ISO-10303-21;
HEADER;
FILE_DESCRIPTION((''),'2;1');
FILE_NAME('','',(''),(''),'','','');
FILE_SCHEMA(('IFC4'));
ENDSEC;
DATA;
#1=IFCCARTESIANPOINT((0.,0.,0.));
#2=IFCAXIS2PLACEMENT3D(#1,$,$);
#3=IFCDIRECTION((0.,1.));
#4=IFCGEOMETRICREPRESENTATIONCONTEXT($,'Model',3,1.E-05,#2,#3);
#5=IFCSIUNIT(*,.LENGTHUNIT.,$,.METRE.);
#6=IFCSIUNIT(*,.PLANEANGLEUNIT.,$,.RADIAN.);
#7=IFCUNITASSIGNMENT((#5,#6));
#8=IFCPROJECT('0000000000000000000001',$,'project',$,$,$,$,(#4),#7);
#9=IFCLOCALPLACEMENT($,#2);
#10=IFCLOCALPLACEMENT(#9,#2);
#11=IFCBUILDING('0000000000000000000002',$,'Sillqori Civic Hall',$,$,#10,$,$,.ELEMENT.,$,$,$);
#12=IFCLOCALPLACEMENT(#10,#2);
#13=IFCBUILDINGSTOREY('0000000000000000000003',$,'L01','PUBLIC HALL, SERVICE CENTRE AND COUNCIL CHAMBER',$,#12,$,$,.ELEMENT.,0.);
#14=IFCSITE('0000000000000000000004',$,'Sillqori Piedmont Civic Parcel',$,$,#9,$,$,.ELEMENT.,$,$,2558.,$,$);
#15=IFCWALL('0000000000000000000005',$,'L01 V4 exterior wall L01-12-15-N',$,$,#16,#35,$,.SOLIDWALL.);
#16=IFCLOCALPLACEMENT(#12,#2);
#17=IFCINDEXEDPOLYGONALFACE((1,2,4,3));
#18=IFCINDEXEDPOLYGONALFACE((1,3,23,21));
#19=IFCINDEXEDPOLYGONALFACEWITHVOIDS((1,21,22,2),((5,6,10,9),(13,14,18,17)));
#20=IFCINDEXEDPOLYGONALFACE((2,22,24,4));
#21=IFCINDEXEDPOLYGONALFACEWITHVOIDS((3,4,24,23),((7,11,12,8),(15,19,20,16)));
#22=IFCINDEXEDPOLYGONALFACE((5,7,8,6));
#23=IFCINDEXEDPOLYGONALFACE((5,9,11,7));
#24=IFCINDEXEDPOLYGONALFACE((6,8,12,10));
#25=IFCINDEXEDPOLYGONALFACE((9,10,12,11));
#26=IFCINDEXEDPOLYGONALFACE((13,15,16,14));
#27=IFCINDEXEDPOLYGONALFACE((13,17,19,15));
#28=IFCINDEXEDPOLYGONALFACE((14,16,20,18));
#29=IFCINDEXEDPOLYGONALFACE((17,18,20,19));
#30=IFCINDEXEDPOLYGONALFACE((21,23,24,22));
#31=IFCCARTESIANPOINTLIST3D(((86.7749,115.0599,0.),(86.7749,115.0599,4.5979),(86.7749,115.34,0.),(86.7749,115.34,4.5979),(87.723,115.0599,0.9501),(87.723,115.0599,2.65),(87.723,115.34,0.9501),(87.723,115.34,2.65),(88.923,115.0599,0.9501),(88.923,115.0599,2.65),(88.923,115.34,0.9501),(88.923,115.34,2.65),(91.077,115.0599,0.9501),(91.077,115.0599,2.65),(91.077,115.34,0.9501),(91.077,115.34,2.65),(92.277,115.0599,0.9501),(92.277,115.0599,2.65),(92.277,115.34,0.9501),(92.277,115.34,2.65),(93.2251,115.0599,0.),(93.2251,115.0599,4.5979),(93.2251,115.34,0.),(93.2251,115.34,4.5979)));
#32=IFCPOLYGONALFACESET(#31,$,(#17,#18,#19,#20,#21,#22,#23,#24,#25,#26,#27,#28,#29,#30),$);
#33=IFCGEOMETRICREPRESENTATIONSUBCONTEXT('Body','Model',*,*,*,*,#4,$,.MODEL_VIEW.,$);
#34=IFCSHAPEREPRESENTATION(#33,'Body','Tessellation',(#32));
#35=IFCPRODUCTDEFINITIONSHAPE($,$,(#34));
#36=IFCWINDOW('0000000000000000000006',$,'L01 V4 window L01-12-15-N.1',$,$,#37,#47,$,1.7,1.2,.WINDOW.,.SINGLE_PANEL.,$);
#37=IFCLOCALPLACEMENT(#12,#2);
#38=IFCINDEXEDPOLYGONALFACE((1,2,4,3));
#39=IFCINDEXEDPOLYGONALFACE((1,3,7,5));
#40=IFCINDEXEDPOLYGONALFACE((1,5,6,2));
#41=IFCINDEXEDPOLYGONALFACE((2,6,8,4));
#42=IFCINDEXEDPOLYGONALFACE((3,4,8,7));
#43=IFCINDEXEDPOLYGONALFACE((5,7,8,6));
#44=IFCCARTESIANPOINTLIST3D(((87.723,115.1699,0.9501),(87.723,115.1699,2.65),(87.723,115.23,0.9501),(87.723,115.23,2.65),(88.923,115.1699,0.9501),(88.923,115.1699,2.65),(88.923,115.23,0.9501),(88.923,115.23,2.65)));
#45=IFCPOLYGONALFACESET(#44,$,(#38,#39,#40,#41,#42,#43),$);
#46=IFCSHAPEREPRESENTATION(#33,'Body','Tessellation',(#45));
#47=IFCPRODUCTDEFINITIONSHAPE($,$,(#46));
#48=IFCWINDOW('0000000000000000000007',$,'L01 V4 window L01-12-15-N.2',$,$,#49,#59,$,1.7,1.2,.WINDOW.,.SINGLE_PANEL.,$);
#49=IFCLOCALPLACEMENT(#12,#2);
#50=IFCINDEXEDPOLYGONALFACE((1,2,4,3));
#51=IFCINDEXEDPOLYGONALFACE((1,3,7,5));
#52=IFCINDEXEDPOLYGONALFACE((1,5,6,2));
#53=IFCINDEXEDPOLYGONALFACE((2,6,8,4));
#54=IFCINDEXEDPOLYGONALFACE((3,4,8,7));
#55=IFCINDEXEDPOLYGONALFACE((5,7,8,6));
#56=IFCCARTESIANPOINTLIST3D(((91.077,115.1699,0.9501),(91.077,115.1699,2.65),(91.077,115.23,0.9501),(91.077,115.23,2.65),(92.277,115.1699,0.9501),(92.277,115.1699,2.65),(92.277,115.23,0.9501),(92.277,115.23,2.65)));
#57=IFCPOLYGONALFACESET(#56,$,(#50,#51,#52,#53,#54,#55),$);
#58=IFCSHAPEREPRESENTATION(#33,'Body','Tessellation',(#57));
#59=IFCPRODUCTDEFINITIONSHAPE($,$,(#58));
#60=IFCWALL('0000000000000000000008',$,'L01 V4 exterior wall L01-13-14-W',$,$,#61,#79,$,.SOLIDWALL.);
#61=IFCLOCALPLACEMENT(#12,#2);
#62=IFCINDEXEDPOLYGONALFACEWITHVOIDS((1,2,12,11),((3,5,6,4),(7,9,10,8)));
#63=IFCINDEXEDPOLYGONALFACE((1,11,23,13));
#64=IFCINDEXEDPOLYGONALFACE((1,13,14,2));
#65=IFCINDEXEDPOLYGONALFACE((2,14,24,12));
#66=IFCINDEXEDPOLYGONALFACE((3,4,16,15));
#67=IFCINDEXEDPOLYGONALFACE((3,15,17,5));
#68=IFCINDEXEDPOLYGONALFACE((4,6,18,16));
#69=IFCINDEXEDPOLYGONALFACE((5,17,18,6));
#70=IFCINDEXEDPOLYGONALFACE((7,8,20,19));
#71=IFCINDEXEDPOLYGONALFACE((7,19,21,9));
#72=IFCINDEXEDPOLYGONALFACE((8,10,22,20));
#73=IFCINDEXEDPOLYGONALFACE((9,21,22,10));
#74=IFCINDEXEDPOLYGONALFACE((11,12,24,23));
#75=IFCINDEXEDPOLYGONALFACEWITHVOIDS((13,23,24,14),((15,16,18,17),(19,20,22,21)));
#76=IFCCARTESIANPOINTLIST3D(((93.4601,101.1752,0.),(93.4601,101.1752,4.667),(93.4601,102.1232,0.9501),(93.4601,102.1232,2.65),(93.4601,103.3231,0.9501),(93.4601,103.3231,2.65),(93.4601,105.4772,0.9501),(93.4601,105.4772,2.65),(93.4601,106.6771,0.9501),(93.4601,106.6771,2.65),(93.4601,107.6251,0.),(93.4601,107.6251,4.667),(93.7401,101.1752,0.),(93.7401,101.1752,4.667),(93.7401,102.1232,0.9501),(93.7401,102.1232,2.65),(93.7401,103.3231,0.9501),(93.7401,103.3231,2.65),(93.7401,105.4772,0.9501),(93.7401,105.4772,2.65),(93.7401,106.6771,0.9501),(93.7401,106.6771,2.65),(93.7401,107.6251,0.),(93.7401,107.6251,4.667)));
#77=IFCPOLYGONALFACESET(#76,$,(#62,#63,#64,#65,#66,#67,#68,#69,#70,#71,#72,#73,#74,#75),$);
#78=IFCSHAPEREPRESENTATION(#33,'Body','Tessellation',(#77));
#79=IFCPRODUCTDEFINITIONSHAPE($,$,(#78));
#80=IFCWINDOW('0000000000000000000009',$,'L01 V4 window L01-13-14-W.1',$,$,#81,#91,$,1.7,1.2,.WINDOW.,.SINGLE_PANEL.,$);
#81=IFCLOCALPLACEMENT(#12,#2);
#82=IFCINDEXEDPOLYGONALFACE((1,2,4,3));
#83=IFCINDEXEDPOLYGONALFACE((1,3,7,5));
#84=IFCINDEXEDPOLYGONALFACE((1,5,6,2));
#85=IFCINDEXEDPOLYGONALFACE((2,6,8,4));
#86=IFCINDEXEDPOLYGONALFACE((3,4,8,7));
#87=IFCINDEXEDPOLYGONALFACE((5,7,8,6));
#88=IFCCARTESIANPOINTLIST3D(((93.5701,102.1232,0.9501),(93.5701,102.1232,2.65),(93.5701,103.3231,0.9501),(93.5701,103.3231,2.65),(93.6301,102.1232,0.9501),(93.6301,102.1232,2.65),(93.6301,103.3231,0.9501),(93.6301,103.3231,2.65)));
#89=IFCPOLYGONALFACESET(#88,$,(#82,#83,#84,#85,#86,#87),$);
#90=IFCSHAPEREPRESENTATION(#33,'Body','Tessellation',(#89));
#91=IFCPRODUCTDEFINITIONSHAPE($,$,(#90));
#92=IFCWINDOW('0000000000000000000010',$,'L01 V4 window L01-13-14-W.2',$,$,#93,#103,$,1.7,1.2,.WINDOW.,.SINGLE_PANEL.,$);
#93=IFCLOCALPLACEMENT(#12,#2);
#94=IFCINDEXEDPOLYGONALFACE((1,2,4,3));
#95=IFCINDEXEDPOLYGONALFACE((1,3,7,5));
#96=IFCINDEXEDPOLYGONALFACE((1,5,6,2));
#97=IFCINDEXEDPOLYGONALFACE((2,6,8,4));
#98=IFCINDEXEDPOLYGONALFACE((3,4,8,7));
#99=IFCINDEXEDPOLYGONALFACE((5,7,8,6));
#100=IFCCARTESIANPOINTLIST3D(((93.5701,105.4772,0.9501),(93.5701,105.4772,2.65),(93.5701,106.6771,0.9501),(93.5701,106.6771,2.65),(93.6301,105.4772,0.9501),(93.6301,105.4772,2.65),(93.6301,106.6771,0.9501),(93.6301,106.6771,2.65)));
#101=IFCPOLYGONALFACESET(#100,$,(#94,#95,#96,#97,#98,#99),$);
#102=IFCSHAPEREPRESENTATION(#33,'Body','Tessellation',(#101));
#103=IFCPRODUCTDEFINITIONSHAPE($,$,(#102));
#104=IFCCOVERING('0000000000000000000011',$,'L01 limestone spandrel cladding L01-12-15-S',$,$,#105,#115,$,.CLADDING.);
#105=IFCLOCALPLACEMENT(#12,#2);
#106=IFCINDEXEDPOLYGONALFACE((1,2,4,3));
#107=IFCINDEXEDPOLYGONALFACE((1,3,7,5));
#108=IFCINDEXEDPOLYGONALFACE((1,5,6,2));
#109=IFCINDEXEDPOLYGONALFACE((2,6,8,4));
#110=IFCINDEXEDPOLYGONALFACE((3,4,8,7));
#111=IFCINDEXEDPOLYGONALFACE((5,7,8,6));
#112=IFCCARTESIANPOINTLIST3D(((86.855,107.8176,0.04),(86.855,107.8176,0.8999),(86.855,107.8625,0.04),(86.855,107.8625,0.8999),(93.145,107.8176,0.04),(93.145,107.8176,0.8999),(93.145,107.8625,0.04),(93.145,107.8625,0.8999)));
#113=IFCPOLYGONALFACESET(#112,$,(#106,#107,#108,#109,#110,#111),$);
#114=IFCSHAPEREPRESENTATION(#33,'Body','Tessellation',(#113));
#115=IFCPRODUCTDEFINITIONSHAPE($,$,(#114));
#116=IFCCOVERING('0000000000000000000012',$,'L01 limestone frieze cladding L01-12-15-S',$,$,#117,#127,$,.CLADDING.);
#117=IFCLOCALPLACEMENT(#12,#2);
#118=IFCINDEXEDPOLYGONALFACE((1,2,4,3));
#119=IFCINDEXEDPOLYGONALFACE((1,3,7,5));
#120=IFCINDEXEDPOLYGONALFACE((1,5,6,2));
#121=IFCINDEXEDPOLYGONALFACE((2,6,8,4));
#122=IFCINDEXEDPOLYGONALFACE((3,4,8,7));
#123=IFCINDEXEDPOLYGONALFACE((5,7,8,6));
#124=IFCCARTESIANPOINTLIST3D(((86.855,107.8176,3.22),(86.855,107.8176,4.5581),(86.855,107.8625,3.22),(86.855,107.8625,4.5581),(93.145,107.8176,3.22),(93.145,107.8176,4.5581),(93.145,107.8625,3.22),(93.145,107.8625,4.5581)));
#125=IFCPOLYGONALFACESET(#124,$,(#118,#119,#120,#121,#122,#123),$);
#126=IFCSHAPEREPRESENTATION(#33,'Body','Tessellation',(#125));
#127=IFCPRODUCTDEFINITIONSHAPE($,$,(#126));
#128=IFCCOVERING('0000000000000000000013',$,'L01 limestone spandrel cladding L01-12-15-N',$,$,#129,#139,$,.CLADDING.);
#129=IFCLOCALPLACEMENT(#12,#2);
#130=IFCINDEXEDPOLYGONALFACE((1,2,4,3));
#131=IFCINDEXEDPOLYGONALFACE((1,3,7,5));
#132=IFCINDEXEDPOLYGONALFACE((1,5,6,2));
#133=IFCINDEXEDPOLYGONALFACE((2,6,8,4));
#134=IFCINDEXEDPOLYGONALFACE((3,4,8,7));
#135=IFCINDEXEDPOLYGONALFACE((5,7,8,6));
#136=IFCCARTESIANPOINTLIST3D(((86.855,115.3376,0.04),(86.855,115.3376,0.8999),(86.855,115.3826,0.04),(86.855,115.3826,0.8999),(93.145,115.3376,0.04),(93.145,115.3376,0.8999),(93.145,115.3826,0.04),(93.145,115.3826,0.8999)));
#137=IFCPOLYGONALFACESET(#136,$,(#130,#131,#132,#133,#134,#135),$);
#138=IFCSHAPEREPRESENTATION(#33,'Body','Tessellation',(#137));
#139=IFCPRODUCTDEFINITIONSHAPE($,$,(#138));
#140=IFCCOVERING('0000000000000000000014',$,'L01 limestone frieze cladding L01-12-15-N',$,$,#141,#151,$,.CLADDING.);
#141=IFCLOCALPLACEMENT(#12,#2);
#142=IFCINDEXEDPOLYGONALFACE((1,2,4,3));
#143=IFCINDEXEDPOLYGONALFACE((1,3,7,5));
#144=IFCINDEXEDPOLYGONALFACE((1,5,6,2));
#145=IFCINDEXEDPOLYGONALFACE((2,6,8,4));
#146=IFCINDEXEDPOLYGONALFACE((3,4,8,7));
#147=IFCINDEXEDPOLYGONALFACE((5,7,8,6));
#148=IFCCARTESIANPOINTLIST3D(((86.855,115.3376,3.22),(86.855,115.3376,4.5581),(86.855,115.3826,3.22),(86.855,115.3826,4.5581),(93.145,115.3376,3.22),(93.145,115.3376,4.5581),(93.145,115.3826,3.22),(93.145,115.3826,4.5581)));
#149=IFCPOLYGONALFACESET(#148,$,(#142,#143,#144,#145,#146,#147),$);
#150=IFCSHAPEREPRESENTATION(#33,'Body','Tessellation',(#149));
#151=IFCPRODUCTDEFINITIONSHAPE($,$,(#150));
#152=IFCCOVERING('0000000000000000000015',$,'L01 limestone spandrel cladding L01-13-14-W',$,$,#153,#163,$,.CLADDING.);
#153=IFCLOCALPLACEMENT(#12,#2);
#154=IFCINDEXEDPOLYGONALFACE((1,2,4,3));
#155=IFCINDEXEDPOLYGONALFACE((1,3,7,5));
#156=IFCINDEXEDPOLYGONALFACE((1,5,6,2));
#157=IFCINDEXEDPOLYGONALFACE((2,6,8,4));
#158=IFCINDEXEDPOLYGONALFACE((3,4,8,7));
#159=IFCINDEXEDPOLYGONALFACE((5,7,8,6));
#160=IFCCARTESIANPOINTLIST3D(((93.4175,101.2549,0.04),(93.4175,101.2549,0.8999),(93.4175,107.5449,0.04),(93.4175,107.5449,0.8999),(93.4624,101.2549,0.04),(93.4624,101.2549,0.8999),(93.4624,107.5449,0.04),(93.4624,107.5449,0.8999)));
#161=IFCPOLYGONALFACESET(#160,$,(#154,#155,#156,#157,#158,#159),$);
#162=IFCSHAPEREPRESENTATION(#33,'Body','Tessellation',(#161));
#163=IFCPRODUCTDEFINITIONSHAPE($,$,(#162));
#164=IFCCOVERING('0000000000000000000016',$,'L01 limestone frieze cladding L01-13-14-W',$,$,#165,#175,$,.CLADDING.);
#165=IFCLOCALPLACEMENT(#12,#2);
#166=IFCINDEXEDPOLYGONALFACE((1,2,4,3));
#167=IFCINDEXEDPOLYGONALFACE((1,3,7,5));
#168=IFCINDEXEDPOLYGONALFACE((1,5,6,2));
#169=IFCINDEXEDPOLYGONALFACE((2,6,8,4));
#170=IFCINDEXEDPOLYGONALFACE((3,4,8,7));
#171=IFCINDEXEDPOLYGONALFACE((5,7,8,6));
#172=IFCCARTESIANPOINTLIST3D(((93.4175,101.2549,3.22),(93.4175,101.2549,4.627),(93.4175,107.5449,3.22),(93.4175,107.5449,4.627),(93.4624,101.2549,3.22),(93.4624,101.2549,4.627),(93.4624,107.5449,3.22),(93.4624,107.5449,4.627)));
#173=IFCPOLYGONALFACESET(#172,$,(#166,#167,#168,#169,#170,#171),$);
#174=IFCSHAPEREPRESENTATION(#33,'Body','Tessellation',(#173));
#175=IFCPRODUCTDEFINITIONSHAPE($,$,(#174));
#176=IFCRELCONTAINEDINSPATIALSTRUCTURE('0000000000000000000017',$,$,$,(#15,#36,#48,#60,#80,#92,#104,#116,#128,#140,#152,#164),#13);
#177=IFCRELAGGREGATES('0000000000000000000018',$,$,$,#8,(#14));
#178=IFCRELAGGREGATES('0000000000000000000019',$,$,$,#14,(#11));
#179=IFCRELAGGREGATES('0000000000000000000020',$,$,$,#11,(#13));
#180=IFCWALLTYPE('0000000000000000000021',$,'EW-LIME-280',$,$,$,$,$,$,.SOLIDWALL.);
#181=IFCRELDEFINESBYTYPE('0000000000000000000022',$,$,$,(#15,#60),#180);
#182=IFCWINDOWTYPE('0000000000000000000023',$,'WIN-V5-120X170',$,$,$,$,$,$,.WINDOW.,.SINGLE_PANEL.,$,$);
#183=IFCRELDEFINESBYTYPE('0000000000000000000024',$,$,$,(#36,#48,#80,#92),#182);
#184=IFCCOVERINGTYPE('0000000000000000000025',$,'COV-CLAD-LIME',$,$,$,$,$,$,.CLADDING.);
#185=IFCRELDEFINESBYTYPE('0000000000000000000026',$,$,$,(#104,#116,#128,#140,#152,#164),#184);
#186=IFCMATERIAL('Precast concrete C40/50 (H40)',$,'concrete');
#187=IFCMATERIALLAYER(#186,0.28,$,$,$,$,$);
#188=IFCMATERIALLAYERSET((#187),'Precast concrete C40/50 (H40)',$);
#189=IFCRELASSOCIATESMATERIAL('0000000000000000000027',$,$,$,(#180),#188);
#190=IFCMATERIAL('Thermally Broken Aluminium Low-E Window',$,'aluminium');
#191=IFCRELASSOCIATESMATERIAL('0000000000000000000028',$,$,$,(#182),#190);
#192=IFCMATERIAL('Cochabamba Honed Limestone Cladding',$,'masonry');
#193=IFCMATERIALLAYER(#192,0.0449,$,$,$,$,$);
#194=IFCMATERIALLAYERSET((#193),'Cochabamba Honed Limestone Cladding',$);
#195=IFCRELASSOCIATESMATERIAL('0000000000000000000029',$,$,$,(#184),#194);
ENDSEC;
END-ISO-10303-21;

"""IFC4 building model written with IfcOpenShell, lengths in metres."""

from ifc_helpers import new_model, si_unit, direction, frame, frame_2d, origin, place, context, subcontext, project, spatial, rectangle, extrude, material, layer, layer_set, type_object, element, fill, save


model = new_model("IFC4")

# Units and contexts
model_context = context("Model", 3, precision=1e-05, world=origin(), true_north=direction((0.0, 1.0)))
body_context = subcontext(model_context, "Body", "Model", "MODEL_VIEW")
ifc_project = project(units=[si_unit("LENGTHUNIT", "METRE"), si_unit("PLANEANGLEUNIT", "RADIAN")], contexts=[model_context])

# Site, building, storey
site_placement = place(None, origin())
site = spatial("IfcSite", under=ifc_project, at=site_placement, Name="Sillqori Piedmont Civic Parcel", CompositionType="ELEMENT", RefElevation=2558.0)
building_placement = place(site_placement, origin())
building = spatial("IfcBuilding", under=site, at=building_placement, Name="Sillqori Civic Hall", CompositionType="ELEMENT")
storey_placement = place(building_placement, origin())
storey = spatial("IfcBuildingStorey", under=building, at=storey_placement, Name="L01", Description="PUBLIC HALL, SERVICE CENTRE AND COUNCIL CHAMBER", CompositionType="ELEMENT", Elevation=0.0)

# Walls, openings, windows
ifc_material_1 = material(Name="Precast concrete C40/50 (H40)", Category="concrete")
ifc_layer_1 = layer(ifc_material_1, 0.28)
ifc_layer_set_1 = layer_set([ifc_layer_1], Name="Precast concrete C40/50 (H40)")
wall_type = type_object("IfcWallType", Name="EW-LIME-280", PredefinedType="SOLIDWALL", material=ifc_layer_set_1)
ifc_material_2 = material(Name="Thermally Broken Aluminium Low-E Window", Category="aluminium")
window_type = type_object("IfcWindowType", Name="WIN-V5-120X170", PartitioningType="SINGLE_PANEL", PredefinedType="WINDOW", material=ifc_material_2)
wall_1_placement = place(storey_placement, frame((86.7749, 115.2, 0.0), z_axis=(0.0, 0.0, 1.0), x_axis=(1.0, 0.0, 0.0)))
wall_1 = element("IfcWall", 1, at=wall_1_placement, inside=storey, type_object=wall_type, Name="L01 V4 exterior wall L01-12-15-N", PredefinedType="SOLIDWALL", context=body_context, shape_type="SweptSolid", body=[
    extrude(rectangle(XDim=6.4502, YDim=0.28, at=frame_2d((3.2251, 0.0))), origin(), (0.0, 0.0, 1.0), 4.5979),
])
opening_1_placement = place(wall_1_placement, frame((0.948, 0.0, 0.95)))
opening_1 = element("IfcOpeningElement", 2, at=opening_1_placement, cuts=wall_1, PredefinedType="OPENING", context=body_context, shape_type="SweptSolid", body=[
    extrude(rectangle(XDim=1.2, YDim=1.7, at=frame_2d((0.6001, 0.8501))), frame((0.0, 0.1499, 0.0), z_axis=(0.0, -1.0, 0.0), x_axis=(1.0, 0.0, 0.0)), (0.0, 0.0, 1.0), 0.3),
])
opening_2_placement = place(wall_1_placement, frame((4.302, 0.0, 0.95)))
opening_2 = element("IfcOpeningElement", 3, at=opening_2_placement, cuts=wall_1, PredefinedType="OPENING", context=body_context, shape_type="SweptSolid", body=[
    extrude(rectangle(XDim=1.2, YDim=1.7, at=frame_2d((0.6001, 0.8501))), frame((0.0, 0.1499, 0.0), z_axis=(0.0, -1.0, 0.0), x_axis=(1.0, 0.0, 0.0)), (0.0, 0.0, 1.0), 0.3),
])
window_1_placement = place(opening_1_placement, origin())
window_1 = element("IfcWindow", 4, at=window_1_placement, inside=storey, type_object=window_type, Name="L01 V4 window L01-12-15-N.1", OverallHeight=1.7, OverallWidth=1.2, PartitioningType="SINGLE_PANEL", PredefinedType="WINDOW", context=body_context, shape_type="SweptSolid", body=[
    extrude(rectangle(XDim=1.2, YDim=1.7, at=frame_2d((0.6001, 0.8501))), frame((0.0, 0.03, 0.0), z_axis=(0.0, -1.0, 0.0), x_axis=(1.0, 0.0, 0.0)), (0.0, 0.0, 1.0), 0.0601),
])
fill(opening_1, window_1)
window_2_placement = place(opening_2_placement, origin())
window_2 = element("IfcWindow", 5, at=window_2_placement, inside=storey, type_object=window_type, Name="L01 V4 window L01-12-15-N.2", OverallHeight=1.7, OverallWidth=1.2, PartitioningType="SINGLE_PANEL", PredefinedType="WINDOW", context=body_context, shape_type="SweptSolid", body=[
    extrude(rectangle(XDim=1.2, YDim=1.7, at=frame_2d((0.6001, 0.8501))), frame((0.0, 0.03, 0.0), z_axis=(0.0, -1.0, 0.0), x_axis=(1.0, 0.0, 0.0)), (0.0, 0.0, 1.0), 0.0601),
])
fill(opening_2, window_2)
wall_2_placement = place(storey_placement, frame((93.6001, 101.175, 0.0), z_axis=(0.0, 0.0, 1.0), x_axis=(0.0, 1.0, 0.0)))
wall_2 = element("IfcWall", 6, at=wall_2_placement, inside=storey, type_object=wall_type, Name="L01 V4 exterior wall L01-13-14-W", PredefinedType="SOLIDWALL", context=body_context, shape_type="SweptSolid", body=[
    extrude(rectangle(XDim=6.45, YDim=0.28, at=frame_2d((3.2251, 0.0))), origin(), (0.0, 0.0, 1.0), 4.667),
])
opening_3_placement = place(wall_2_placement, frame((0.948, 0.0, 0.95)))
opening_3 = element("IfcOpeningElement", 7, at=opening_3_placement, cuts=wall_2, PredefinedType="OPENING", context=body_context, shape_type="SweptSolid", body=[
    extrude(rectangle(XDim=1.2, YDim=1.7, at=frame_2d((0.6001, 0.8501))), frame((0.0, 0.1499, 0.0), z_axis=(0.0, -1.0, 0.0), x_axis=(1.0, 0.0, 0.0)), (0.0, 0.0, 1.0), 0.3),
])
opening_4_placement = place(wall_2_placement, frame((4.302, 0.0, 0.95)))
opening_4 = element("IfcOpeningElement", 8, at=opening_4_placement, cuts=wall_2, PredefinedType="OPENING", context=body_context, shape_type="SweptSolid", body=[
    extrude(rectangle(XDim=1.2, YDim=1.7, at=frame_2d((0.6001, 0.8501))), frame((0.0, 0.1499, 0.0), z_axis=(0.0, -1.0, 0.0), x_axis=(1.0, 0.0, 0.0)), (0.0, 0.0, 1.0), 0.3),
])
window_3_placement = place(opening_3_placement, origin())
window_3 = element("IfcWindow", 9, at=window_3_placement, inside=storey, type_object=window_type, Name="L01 V4 window L01-13-14-W.1", OverallHeight=1.7, OverallWidth=1.2, PartitioningType="SINGLE_PANEL", PredefinedType="WINDOW", context=body_context, shape_type="SweptSolid", body=[
    extrude(rectangle(XDim=1.2, YDim=1.7, at=frame_2d((0.6001, 0.8501))), frame((0.0, 0.03, 0.0), z_axis=(0.0, -1.0, 0.0), x_axis=(1.0, 0.0, 0.0)), (0.0, 0.0, 1.0), 0.0601),
])
fill(opening_3, window_3)
window_4_placement = place(opening_4_placement, origin())
window_4 = element("IfcWindow", 10, at=window_4_placement, inside=storey, type_object=window_type, Name="L01 V4 window L01-13-14-W.2", OverallHeight=1.7, OverallWidth=1.2, PartitioningType="SINGLE_PANEL", PredefinedType="WINDOW", context=body_context, shape_type="SweptSolid", body=[
    extrude(rectangle(XDim=1.2, YDim=1.7, at=frame_2d((0.6001, 0.8501))), frame((0.0, 0.03, 0.0), z_axis=(0.0, -1.0, 0.0), x_axis=(1.0, 0.0, 0.0)), (0.0, 0.0, 1.0), 0.0601),
])
fill(opening_4, window_4)

# Coverings
ifc_material_3 = material(Name="Cochabamba Honed Limestone Cladding", Category="masonry")
ifc_layer_2 = layer(ifc_material_3, 0.0449)
ifc_layer_set_2 = layer_set([ifc_layer_2], Name="Cochabamba Honed Limestone Cladding")
covering_type = type_object("IfcCoveringType", Name="COV-CLAD-LIME", PredefinedType="CLADDING", material=ifc_layer_set_2)
covering_1_placement = place(storey_placement, frame((93.145, 107.8401, 0.04), z_axis=(0.0, 0.0, 1.0), x_axis=(-1.0, 0.0, 0.0)))
element("IfcCovering", 11, at=covering_1_placement, inside=storey, type_object=covering_type, Name="L01 limestone spandrel cladding L01-12-15-S", PredefinedType="CLADDING", context=body_context, shape_type="SweptSolid", body=[
    extrude(rectangle(XDim=6.29, YDim=0.0449, at=frame_2d((3.145, 0.0))), origin(), (0.0, 0.0, 1.0), 0.8599),
])
covering_2_placement = place(storey_placement, frame((93.145, 107.8401, 3.22), z_axis=(0.0, 0.0, 1.0), x_axis=(-1.0, 0.0, 0.0)))
element("IfcCovering", 12, at=covering_2_placement, inside=storey, type_object=covering_type, Name="L01 limestone frieze cladding L01-12-15-S", PredefinedType="CLADDING", context=body_context, shape_type="SweptSolid", body=[
    extrude(rectangle(XDim=6.29, YDim=0.0449, at=frame_2d((3.145, 0.0))), origin(), (0.0, 0.0, 1.0), 1.3381),
])
covering_3_placement = place(storey_placement, frame((86.855, 115.3601, 0.04), z_axis=(0.0, 0.0, 1.0), x_axis=(1.0, 0.0, 0.0)))
element("IfcCovering", 13, at=covering_3_placement, inside=storey, type_object=covering_type, Name="L01 limestone spandrel cladding L01-12-15-N", PredefinedType="CLADDING", context=body_context, shape_type="SweptSolid", body=[
    extrude(rectangle(XDim=6.29, YDim=0.0449, at=frame_2d((3.145, 0.0))), origin(), (0.0, 0.0, 1.0), 0.8599),
])
covering_4_placement = place(storey_placement, frame((86.855, 115.3601, 3.22), z_axis=(0.0, 0.0, 1.0), x_axis=(1.0, 0.0, 0.0)))
element("IfcCovering", 14, at=covering_4_placement, inside=storey, type_object=covering_type, Name="L01 limestone frieze cladding L01-12-15-N", PredefinedType="CLADDING", context=body_context, shape_type="SweptSolid", body=[
    extrude(rectangle(XDim=6.29, YDim=0.0449, at=frame_2d((3.145, 0.0))), origin(), (0.0, 0.0, 1.0), 1.3381),
])
covering_5_placement = place(storey_placement, frame((93.4399, 101.2549, 0.04), z_axis=(0.0, 0.0, 1.0), x_axis=(0.0, 1.0, 0.0)))
element("IfcCovering", 15, at=covering_5_placement, inside=storey, type_object=covering_type, Name="L01 limestone spandrel cladding L01-13-14-W", PredefinedType="CLADDING", context=body_context, shape_type="SweptSolid", body=[
    extrude(rectangle(XDim=6.29, YDim=0.0449, at=frame_2d((3.145, 0.0))), origin(), (0.0, 0.0, 1.0), 0.8599),
])
covering_6_placement = place(storey_placement, frame((93.4399, 101.2549, 3.22), z_axis=(0.0, 0.0, 1.0), x_axis=(0.0, 1.0, 0.0)))
element("IfcCovering", 16, at=covering_6_placement, inside=storey, type_object=covering_type, Name="L01 limestone frieze cladding L01-13-14-W", PredefinedType="CLADDING", context=body_context, shape_type="SweptSolid", body=[
    extrude(rectangle(XDim=6.29, YDim=0.0449, at=frame_2d((3.145, 0.0))), origin(), (0.0, 0.0, 1.0), 1.407),
])

save(model, "model.ifc")
